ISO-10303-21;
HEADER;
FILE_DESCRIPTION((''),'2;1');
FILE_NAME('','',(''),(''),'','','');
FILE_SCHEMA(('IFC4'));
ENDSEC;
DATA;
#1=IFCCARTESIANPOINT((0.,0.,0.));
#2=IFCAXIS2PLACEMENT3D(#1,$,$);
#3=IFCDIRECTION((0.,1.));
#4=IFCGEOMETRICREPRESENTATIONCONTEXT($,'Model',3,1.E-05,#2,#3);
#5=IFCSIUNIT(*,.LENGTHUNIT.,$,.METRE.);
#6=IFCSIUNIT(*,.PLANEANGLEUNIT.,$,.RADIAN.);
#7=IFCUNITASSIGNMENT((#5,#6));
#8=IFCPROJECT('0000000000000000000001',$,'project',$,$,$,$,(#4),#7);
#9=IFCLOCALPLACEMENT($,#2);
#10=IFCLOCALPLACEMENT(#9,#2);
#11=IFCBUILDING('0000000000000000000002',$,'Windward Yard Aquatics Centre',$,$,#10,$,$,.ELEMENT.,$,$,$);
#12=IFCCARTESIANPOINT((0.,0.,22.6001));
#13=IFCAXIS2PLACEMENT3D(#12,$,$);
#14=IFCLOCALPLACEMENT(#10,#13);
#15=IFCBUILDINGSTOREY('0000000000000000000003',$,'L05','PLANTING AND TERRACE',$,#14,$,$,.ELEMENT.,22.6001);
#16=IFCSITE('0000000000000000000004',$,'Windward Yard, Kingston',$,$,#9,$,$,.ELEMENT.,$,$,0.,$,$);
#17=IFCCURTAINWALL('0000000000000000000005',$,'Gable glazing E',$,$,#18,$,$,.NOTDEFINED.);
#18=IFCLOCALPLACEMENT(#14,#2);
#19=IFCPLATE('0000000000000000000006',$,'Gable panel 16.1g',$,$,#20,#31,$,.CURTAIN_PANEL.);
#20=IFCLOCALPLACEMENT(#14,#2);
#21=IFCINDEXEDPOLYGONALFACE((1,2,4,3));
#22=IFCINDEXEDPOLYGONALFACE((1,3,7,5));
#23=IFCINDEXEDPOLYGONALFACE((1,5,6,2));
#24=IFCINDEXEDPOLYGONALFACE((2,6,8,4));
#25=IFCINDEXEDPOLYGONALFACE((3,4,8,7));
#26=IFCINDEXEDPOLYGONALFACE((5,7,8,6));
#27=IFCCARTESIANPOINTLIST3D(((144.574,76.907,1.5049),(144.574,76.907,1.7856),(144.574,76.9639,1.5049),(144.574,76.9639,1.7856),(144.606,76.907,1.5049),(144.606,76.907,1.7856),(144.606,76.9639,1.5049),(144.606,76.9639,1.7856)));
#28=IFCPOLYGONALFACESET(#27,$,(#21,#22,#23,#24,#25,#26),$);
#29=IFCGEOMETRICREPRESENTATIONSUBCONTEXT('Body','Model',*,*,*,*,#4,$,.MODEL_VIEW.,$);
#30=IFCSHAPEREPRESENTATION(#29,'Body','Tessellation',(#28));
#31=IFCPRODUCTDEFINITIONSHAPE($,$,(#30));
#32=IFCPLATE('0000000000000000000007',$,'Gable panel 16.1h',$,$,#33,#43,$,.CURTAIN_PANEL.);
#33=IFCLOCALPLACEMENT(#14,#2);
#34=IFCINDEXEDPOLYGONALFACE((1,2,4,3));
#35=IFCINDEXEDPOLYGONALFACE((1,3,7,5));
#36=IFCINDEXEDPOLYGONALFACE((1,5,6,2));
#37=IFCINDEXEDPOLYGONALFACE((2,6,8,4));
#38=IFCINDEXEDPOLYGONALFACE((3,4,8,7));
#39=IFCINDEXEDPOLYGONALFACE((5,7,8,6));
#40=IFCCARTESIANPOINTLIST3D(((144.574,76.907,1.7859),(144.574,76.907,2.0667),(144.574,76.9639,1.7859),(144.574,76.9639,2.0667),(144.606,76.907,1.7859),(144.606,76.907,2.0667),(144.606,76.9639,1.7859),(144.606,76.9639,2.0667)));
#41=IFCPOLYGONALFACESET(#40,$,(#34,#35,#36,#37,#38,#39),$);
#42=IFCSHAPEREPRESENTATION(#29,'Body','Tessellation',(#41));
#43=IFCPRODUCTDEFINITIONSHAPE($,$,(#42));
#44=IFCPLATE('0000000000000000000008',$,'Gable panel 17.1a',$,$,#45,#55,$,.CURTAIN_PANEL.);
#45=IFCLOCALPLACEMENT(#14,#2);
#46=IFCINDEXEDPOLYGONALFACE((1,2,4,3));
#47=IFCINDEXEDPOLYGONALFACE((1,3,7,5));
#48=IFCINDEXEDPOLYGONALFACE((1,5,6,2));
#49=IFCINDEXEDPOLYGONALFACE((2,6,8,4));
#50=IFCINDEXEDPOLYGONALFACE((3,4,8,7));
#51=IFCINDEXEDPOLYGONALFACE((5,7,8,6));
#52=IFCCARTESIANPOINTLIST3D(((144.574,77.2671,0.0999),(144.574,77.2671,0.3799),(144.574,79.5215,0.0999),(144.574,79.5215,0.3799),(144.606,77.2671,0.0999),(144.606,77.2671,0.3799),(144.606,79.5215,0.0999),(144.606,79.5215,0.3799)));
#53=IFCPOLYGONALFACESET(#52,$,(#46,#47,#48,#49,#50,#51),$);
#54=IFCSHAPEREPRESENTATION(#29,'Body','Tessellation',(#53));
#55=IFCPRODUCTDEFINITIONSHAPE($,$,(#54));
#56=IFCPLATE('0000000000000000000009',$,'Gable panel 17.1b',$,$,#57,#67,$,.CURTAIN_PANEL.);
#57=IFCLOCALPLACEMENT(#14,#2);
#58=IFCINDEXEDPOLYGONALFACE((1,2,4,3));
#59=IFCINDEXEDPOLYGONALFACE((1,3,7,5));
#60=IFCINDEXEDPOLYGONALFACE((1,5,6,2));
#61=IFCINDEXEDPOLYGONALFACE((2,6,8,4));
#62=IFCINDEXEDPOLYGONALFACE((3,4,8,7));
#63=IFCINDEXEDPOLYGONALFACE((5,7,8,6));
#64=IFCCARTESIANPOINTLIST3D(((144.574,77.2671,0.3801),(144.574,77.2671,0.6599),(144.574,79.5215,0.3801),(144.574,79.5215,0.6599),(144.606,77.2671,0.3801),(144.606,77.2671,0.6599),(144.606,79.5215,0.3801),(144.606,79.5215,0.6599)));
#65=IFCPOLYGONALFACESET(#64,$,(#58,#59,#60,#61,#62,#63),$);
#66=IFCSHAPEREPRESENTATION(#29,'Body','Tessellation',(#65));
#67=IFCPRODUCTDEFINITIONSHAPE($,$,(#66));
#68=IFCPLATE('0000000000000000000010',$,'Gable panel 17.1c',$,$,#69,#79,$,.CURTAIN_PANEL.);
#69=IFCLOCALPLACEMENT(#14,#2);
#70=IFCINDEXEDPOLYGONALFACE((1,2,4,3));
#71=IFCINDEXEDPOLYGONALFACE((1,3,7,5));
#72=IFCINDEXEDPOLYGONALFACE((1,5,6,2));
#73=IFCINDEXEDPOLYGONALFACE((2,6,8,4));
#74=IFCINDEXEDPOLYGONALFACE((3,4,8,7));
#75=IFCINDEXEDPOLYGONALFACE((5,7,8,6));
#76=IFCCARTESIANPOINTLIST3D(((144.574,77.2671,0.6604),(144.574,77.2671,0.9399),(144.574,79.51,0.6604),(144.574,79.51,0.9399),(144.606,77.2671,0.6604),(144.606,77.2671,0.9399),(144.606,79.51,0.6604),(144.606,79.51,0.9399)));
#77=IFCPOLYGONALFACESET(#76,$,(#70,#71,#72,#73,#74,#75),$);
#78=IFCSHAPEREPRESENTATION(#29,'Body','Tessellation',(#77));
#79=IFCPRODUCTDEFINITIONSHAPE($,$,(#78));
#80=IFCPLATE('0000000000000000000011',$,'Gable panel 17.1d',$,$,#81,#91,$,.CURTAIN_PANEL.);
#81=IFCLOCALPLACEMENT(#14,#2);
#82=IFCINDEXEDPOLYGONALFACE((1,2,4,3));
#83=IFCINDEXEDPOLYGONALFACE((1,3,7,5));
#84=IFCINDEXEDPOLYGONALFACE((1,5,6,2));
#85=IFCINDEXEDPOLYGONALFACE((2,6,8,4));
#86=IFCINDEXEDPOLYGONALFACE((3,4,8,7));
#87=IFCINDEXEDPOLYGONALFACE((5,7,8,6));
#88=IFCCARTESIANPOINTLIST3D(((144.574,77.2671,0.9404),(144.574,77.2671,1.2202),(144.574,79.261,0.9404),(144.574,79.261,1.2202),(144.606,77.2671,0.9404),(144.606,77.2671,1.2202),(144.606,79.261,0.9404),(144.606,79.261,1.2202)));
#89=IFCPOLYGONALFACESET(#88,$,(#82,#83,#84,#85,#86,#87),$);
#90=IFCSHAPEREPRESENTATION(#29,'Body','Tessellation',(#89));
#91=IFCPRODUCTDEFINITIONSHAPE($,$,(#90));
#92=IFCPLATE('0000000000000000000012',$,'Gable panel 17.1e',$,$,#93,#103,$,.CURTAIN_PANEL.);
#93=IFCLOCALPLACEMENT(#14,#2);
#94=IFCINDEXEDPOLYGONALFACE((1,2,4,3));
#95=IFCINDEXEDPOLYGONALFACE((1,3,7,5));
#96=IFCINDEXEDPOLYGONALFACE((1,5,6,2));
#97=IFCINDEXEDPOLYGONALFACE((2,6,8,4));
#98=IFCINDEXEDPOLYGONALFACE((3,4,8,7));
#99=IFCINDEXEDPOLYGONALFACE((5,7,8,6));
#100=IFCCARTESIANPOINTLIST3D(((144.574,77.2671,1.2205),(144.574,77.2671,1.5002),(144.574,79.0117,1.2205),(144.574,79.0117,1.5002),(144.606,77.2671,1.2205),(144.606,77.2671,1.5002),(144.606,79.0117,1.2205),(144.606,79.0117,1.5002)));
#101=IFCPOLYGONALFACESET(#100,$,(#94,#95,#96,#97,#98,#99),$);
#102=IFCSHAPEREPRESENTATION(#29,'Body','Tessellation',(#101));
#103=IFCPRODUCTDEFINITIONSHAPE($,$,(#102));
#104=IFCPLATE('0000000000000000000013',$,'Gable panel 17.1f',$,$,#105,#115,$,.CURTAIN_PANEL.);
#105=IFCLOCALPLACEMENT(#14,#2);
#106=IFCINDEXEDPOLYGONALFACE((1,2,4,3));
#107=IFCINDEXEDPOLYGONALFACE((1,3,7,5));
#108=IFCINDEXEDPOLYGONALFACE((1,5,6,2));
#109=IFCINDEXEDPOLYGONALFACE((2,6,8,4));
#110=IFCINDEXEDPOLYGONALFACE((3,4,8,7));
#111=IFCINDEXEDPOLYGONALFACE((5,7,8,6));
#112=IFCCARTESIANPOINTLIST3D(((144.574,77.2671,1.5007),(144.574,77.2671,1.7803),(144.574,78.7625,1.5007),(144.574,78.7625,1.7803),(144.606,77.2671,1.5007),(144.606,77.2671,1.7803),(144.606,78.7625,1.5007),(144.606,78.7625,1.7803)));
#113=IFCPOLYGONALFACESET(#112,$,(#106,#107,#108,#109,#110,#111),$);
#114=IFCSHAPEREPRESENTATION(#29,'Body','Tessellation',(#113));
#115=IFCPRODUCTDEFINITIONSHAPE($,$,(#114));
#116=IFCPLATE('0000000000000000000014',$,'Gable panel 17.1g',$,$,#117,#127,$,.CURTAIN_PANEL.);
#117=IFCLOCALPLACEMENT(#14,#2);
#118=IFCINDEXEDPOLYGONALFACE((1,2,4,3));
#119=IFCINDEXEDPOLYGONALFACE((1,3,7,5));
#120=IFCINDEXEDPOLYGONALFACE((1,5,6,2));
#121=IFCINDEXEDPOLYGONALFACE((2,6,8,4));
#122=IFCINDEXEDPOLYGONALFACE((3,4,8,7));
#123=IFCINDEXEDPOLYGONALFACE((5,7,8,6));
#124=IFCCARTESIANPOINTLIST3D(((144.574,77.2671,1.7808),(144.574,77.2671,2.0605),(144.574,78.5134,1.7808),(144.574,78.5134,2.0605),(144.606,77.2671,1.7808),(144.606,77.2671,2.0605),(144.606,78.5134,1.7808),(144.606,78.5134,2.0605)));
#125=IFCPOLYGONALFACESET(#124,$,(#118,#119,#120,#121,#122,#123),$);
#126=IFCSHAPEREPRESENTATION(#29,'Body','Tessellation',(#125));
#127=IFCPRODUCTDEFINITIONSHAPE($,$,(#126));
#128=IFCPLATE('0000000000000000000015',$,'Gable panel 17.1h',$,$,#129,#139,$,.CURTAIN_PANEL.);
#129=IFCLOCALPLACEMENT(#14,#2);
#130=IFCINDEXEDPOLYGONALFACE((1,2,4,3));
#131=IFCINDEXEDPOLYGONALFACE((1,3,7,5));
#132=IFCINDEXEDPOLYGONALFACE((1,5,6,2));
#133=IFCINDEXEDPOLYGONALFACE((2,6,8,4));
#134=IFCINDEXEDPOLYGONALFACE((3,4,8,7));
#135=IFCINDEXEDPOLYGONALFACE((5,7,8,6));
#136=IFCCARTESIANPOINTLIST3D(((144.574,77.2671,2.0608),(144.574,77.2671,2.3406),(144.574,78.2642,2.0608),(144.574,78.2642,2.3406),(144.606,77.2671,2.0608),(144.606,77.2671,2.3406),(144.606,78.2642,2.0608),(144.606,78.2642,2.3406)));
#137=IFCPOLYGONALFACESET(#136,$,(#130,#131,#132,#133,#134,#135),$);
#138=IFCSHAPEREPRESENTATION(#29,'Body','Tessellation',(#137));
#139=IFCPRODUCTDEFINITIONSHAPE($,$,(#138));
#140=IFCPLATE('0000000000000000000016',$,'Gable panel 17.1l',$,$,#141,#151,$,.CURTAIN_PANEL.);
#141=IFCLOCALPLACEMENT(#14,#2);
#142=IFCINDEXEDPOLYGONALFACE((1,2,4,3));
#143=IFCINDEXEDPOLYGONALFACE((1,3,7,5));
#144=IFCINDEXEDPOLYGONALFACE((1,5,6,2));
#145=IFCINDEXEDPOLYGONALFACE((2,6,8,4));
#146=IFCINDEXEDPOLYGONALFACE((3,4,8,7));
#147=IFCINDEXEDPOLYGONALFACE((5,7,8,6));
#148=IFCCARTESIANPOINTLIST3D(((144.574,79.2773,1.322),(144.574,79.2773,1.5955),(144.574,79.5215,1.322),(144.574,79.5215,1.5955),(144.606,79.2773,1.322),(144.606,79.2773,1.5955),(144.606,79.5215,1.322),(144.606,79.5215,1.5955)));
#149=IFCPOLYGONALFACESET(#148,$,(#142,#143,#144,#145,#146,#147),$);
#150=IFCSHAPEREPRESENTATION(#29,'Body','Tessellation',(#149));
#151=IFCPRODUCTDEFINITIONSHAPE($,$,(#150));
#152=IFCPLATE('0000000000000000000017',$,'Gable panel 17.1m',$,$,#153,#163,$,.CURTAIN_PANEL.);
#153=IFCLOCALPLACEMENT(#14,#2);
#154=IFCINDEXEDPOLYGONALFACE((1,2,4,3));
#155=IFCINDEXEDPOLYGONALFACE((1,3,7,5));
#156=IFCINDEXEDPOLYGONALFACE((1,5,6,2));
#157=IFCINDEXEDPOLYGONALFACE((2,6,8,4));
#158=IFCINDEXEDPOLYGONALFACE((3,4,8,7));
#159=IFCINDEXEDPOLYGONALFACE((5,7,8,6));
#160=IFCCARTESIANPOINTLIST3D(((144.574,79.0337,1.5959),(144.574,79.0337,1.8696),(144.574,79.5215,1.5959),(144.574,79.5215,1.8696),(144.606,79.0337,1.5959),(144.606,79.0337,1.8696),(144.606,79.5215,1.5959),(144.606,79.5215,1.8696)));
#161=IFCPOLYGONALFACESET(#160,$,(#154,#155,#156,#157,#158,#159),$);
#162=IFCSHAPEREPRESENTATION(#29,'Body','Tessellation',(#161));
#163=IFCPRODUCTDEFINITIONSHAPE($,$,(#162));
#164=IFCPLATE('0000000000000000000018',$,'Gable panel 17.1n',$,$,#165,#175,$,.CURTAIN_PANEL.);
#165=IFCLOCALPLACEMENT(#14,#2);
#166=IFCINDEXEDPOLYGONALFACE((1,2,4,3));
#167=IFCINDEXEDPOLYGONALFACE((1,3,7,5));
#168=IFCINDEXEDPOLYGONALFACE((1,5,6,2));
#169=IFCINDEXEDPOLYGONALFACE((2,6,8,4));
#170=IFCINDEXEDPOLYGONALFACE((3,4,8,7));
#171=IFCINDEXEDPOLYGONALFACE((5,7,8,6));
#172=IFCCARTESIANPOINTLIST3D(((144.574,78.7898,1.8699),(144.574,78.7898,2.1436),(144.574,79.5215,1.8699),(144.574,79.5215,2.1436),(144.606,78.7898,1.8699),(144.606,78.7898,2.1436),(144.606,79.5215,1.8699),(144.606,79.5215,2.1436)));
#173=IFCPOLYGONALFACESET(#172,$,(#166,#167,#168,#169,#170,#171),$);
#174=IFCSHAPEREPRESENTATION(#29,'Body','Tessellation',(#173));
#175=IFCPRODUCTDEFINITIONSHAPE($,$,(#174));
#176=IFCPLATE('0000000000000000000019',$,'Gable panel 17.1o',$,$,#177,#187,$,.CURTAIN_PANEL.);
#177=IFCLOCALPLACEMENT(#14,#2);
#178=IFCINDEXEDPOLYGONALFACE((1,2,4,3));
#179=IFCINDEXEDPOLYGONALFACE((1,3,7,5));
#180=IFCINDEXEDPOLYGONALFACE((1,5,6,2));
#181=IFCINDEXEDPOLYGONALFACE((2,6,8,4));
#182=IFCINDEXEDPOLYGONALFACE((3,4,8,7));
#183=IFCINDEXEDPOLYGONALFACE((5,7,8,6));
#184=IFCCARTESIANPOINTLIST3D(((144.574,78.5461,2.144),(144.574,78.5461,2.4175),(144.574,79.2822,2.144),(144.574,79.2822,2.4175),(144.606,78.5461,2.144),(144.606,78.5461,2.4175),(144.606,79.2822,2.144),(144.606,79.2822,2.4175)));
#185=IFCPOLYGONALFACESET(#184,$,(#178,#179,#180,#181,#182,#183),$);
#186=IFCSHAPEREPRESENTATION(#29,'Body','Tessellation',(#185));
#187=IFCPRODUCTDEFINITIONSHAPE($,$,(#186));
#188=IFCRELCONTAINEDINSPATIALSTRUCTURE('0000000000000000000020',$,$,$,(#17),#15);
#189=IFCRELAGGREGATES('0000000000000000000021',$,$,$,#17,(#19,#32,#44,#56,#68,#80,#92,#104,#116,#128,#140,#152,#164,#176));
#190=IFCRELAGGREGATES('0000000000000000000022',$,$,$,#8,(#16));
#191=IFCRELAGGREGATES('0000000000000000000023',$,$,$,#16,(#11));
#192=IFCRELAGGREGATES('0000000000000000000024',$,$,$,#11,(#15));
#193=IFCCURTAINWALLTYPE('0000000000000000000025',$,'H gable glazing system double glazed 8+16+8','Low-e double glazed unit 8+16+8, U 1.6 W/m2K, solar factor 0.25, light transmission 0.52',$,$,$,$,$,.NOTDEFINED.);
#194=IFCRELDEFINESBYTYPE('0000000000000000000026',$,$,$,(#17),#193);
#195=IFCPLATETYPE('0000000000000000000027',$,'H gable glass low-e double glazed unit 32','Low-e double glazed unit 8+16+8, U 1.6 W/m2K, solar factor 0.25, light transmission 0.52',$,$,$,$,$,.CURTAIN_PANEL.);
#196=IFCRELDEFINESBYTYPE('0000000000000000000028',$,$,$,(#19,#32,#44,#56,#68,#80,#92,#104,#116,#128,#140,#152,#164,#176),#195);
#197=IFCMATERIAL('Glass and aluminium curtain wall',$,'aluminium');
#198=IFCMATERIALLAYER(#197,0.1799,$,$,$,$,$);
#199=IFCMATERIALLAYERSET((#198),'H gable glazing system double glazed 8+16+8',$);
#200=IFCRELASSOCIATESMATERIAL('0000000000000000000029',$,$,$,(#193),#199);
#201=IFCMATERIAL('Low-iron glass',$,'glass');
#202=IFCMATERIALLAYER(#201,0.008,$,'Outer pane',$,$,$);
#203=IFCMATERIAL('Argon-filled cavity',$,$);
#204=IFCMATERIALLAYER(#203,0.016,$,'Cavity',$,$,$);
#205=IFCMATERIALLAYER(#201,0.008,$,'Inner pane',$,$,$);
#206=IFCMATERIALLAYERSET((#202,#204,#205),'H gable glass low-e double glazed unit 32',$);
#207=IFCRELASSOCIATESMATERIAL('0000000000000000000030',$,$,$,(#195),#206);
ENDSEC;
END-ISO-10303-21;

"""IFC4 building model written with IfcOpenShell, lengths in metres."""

from ifc_helpers import new_model, si_unit, direction, frame, origin, place, context, subcontext, project, spatial, polyline, outline, extrude, material, layer, layer_set, type_object, element, aggregate, save


model = new_model("IFC4")

# Units and contexts
model_context = context("Model", 3, precision=1e-05, world=origin(), true_north=direction((0.0, 1.0)))
body_context = subcontext(model_context, "Body", "Model", "MODEL_VIEW")
ifc_project = project(units=[si_unit("LENGTHUNIT", "METRE"), si_unit("PLANEANGLEUNIT", "RADIAN")], contexts=[model_context])

# Site, building, storey
site_placement = place(None, origin())
site = spatial("IfcSite", under=ifc_project, at=site_placement, Name="Windward Yard, Kingston", CompositionType="ELEMENT", RefElevation=0.0)
building_placement = place(site_placement, origin())
building = spatial("IfcBuilding", under=site, at=building_placement, Name="Windward Yard Aquatics Centre", CompositionType="ELEMENT")
storey_placement = place(building_placement, frame((0.0, 0.0, 22.6001)))
storey = spatial("IfcBuildingStorey", under=building, at=storey_placement, Name="L05", Description="PLANTING AND TERRACE", CompositionType="ELEMENT", Elevation=22.6001)

# Curtain wall
ifc_material_1 = material(Name="Glass and aluminium curtain wall", Category="aluminium")
ifc_layer_1 = layer(ifc_material_1, 0.1799)
ifc_layer_set_1 = layer_set([ifc_layer_1], Name="H gable glazing system double glazed 8+16+8")
curtain_wall_type = type_object("IfcCurtainWallType", Name="H gable glazing system double glazed 8+16+8", Description="Low-e double glazed unit 8+16+8, U 1.6 W/m2K, solar factor 0.25, light transmission 0.52", PredefinedType="NOTDEFINED", material=ifc_layer_set_1)
curtain_wall_placement = place(storey_placement, origin())
curtain_wall = element("IfcCurtainWall", 1, at=curtain_wall_placement, inside=storey, type_object=curtain_wall_type, Name="Gable glazing E", PredefinedType="NOTDEFINED")

# Plates
ifc_material_2 = material(Name="Low-iron glass", Category="glass")
ifc_layer_2 = layer(ifc_material_2, 0.008, Name="Outer pane")
ifc_material_3 = material(Name="Argon-filled cavity")
ifc_layer_3 = layer(ifc_material_3, 0.016, Name="Cavity")
ifc_layer_4 = layer(ifc_material_2, 0.008, Name="Inner pane")
ifc_layer_set_2 = layer_set([ifc_layer_2, ifc_layer_3, ifc_layer_4], Name="H gable glass low-e double glazed unit 32")
plate_type = type_object("IfcPlateType", Name="H gable glass low-e double glazed unit 32", Description="Low-e double glazed unit 8+16+8, U 1.6 W/m2K, solar factor 0.25, light transmission 0.52", PredefinedType="CURTAIN_PANEL", material=ifc_layer_set_2)
plate_1_placement = place(storey_placement, frame((144.606, 76.907, 1.5049), z_axis=(1.0, 0.0, 0.0), x_axis=(0.0, 1.0, 0.0)))
plate_1 = element("IfcPlate", 2, at=plate_1_placement, type_object=plate_type, Name="Gable panel 16.1g", PredefinedType="CURTAIN_PANEL", context=body_context, shape_type="SweptSolid", body=[
    extrude(outline(polyline([(0.0, 0.0), (0.0569, 0.0), (0.0569, 0.2808), (0.0, 0.2808), (0.0, 0.0)])), origin(), (0.0, 0.0, -1.0), 0.032),
])
plate_2_placement = place(storey_placement, frame((144.606, 76.907, 1.7859), z_axis=(1.0, 0.0, 0.0), x_axis=(0.0, 1.0, 0.0)))
plate_2 = element("IfcPlate", 3, at=plate_2_placement, type_object=plate_type, Name="Gable panel 16.1h", PredefinedType="CURTAIN_PANEL", context=body_context, shape_type="SweptSolid", body=[
    extrude(outline(polyline([(0.0, 0.0), (0.0569, 0.0), (0.0569, 0.2808), (0.0, 0.2808), (0.0, 0.0)])), origin(), (0.0, 0.0, -1.0), 0.032),
])
plate_3_placement = place(storey_placement, frame((144.606, 77.2671, 0.0999), z_axis=(1.0, 0.0, 0.0), x_axis=(0.0, 1.0, 0.0)))
plate_3 = element("IfcPlate", 4, at=plate_3_placement, type_object=plate_type, Name="Gable panel 17.1a", PredefinedType="CURTAIN_PANEL", context=body_context, shape_type="SweptSolid", body=[
    extrude(outline(polyline([(0.0, 0.0), (2.2544, 0.0), (2.2544, 0.28), (0.0, 0.28), (0.0, 0.0)])), origin(), (0.0, 0.0, -1.0), 0.032),
])
plate_4_placement = place(storey_placement, frame((144.606, 77.2671, 0.3801), z_axis=(1.0, 0.0, 0.0), x_axis=(0.0, 1.0, 0.0)))
plate_4 = element("IfcPlate", 5, at=plate_4_placement, type_object=plate_type, Name="Gable panel 17.1b", PredefinedType="CURTAIN_PANEL", context=body_context, shape_type="SweptSolid", body=[
    extrude(outline(polyline([(0.0, 0.0), (2.2544, 0.0), (2.2544, 0.2798), (0.0, 0.2798), (0.0, 0.0)])), origin(), (0.0, 0.0, -1.0), 0.032),
])
plate_5_placement = place(storey_placement, frame((144.606, 77.2671, 0.6604), z_axis=(1.0, 0.0, 0.0), x_axis=(0.0, 1.0, 0.0)))
plate_5 = element("IfcPlate", 6, at=plate_5_placement, type_object=plate_type, Name="Gable panel 17.1c", PredefinedType="CURTAIN_PANEL", context=body_context, shape_type="SweptSolid", body=[
    extrude(outline(polyline([(0.0, 0.0), (2.2429, 0.0), (2.2429, 0.2795), (0.0, 0.2795), (0.0, 0.0)])), origin(), (0.0, 0.0, -1.0), 0.032),
])
plate_6_placement = place(storey_placement, frame((144.606, 77.2671, 0.9404), z_axis=(1.0, 0.0, 0.0), x_axis=(0.0, 1.0, 0.0)))
plate_6 = element("IfcPlate", 7, at=plate_6_placement, type_object=plate_type, Name="Gable panel 17.1d", PredefinedType="CURTAIN_PANEL", context=body_context, shape_type="SweptSolid", body=[
    extrude(outline(polyline([(0.0, 0.0), (1.9939, 0.0), (1.9939, 0.2798), (0.0, 0.2798), (0.0, 0.0)])), origin(), (0.0, 0.0, -1.0), 0.032),
])
plate_7_placement = place(storey_placement, frame((144.606, 77.2671, 1.2205), z_axis=(1.0, 0.0, 0.0), x_axis=(0.0, 1.0, 0.0)))
plate_7 = element("IfcPlate", 8, at=plate_7_placement, type_object=plate_type, Name="Gable panel 17.1e", PredefinedType="CURTAIN_PANEL", context=body_context, shape_type="SweptSolid", body=[
    extrude(outline(polyline([(0.0, 0.0), (1.7446, 0.0), (1.7446, 0.2798), (0.0, 0.2798), (0.0, 0.0)])), origin(), (0.0, 0.0, -1.0), 0.032),
])
plate_8_placement = place(storey_placement, frame((144.606, 77.2671, 1.5007), z_axis=(1.0, 0.0, 0.0), x_axis=(0.0, 1.0, 0.0)))
plate_8 = element("IfcPlate", 9, at=plate_8_placement, type_object=plate_type, Name="Gable panel 17.1f", PredefinedType="CURTAIN_PANEL", context=body_context, shape_type="SweptSolid", body=[
    extrude(outline(polyline([(0.0, 0.0), (1.4954, 0.0), (1.4954, 0.2795), (0.0, 0.2795), (0.0, 0.0)])), origin(), (0.0, 0.0, -1.0), 0.032),
])
plate_9_placement = place(storey_placement, frame((144.606, 77.2671, 1.7808), z_axis=(1.0, 0.0, 0.0), x_axis=(0.0, 1.0, 0.0)))
plate_9 = element("IfcPlate", 10, at=plate_9_placement, type_object=plate_type, Name="Gable panel 17.1g", PredefinedType="CURTAIN_PANEL", context=body_context, shape_type="SweptSolid", body=[
    extrude(outline(polyline([(0.0, 0.0), (1.2463, 0.0), (1.2463, 0.2798), (0.0, 0.2798), (0.0, 0.0)])), origin(), (0.0, 0.0, -1.0), 0.032),
])
plate_10_placement = place(storey_placement, frame((144.606, 77.2671, 2.0608), z_axis=(1.0, 0.0, 0.0), x_axis=(0.0, 1.0, 0.0)))
plate_10 = element("IfcPlate", 11, at=plate_10_placement, type_object=plate_type, Name="Gable panel 17.1h", PredefinedType="CURTAIN_PANEL", context=body_context, shape_type="SweptSolid", body=[
    extrude(outline(polyline([(0.0, 0.0), (0.9971, 0.0), (0.9971, 0.2798), (0.0, 0.2798), (0.0, 0.0)])), origin(), (0.0, 0.0, -1.0), 0.032),
])
plate_11_placement = place(storey_placement, frame((144.606, 79.2773, 1.322), z_axis=(1.0, 0.0, 0.0), x_axis=(0.0, 1.0, 0.0)))
plate_11 = element("IfcPlate", 12, at=plate_11_placement, type_object=plate_type, Name="Gable panel 17.1l", PredefinedType="CURTAIN_PANEL", context=body_context, shape_type="SweptSolid", body=[
    extrude(outline(polyline([(0.0, 0.0), (0.2441, 0.0), (0.2441, 0.2734), (0.0, 0.2734), (0.0, 0.0)])), origin(), (0.0, 0.0, -1.0), 0.032),
])
plate_12_placement = place(storey_placement, frame((144.606, 79.0337, 1.5959), z_axis=(1.0, 0.0, 0.0), x_axis=(0.0, 1.0, 0.0)))
plate_12 = element("IfcPlate", 13, at=plate_12_placement, type_object=plate_type, Name="Gable panel 17.1m", PredefinedType="CURTAIN_PANEL", context=body_context, shape_type="SweptSolid", body=[
    extrude(outline(polyline([(0.0, 0.0), (0.4878, 0.0), (0.4878, 0.2737), (0.0, 0.2737), (0.0, 0.0)])), origin(), (0.0, 0.0, -1.0), 0.032),
])
plate_13_placement = place(storey_placement, frame((144.606, 78.7898, 1.8699), z_axis=(1.0, 0.0, 0.0), x_axis=(0.0, 1.0, 0.0)))
plate_13 = element("IfcPlate", 14, at=plate_13_placement, type_object=plate_type, Name="Gable panel 17.1n", PredefinedType="CURTAIN_PANEL", context=body_context, shape_type="SweptSolid", body=[
    extrude(outline(polyline([(0.0, 0.0), (0.7317, 0.0), (0.7317, 0.2737), (0.0, 0.2737), (0.0, 0.0)])), origin(), (0.0, 0.0, -1.0), 0.032),
])
plate_14_placement = place(storey_placement, frame((144.606, 78.5461, 2.144), z_axis=(1.0, 0.0, 0.0), x_axis=(0.0, 1.0, 0.0)))
plate_14 = element("IfcPlate", 15, at=plate_14_placement, type_object=plate_type, Name="Gable panel 17.1o", PredefinedType="CURTAIN_PANEL", context=body_context, shape_type="SweptSolid", body=[
    extrude(outline(polyline([(0.0, 0.0), (0.7361, 0.0), (0.7361, 0.2734), (0.0, 0.2734), (0.0, 0.0)])), origin(), (0.0, 0.0, -1.0), 0.032),
])

aggregate(curtain_wall, [plate_1, plate_2, plate_3, plate_4, plate_5, plate_6, plate_7, plate_8, plate_9, plate_10, plate_11, plate_12, plate_13, plate_14])

save(model, "model.ifc")
